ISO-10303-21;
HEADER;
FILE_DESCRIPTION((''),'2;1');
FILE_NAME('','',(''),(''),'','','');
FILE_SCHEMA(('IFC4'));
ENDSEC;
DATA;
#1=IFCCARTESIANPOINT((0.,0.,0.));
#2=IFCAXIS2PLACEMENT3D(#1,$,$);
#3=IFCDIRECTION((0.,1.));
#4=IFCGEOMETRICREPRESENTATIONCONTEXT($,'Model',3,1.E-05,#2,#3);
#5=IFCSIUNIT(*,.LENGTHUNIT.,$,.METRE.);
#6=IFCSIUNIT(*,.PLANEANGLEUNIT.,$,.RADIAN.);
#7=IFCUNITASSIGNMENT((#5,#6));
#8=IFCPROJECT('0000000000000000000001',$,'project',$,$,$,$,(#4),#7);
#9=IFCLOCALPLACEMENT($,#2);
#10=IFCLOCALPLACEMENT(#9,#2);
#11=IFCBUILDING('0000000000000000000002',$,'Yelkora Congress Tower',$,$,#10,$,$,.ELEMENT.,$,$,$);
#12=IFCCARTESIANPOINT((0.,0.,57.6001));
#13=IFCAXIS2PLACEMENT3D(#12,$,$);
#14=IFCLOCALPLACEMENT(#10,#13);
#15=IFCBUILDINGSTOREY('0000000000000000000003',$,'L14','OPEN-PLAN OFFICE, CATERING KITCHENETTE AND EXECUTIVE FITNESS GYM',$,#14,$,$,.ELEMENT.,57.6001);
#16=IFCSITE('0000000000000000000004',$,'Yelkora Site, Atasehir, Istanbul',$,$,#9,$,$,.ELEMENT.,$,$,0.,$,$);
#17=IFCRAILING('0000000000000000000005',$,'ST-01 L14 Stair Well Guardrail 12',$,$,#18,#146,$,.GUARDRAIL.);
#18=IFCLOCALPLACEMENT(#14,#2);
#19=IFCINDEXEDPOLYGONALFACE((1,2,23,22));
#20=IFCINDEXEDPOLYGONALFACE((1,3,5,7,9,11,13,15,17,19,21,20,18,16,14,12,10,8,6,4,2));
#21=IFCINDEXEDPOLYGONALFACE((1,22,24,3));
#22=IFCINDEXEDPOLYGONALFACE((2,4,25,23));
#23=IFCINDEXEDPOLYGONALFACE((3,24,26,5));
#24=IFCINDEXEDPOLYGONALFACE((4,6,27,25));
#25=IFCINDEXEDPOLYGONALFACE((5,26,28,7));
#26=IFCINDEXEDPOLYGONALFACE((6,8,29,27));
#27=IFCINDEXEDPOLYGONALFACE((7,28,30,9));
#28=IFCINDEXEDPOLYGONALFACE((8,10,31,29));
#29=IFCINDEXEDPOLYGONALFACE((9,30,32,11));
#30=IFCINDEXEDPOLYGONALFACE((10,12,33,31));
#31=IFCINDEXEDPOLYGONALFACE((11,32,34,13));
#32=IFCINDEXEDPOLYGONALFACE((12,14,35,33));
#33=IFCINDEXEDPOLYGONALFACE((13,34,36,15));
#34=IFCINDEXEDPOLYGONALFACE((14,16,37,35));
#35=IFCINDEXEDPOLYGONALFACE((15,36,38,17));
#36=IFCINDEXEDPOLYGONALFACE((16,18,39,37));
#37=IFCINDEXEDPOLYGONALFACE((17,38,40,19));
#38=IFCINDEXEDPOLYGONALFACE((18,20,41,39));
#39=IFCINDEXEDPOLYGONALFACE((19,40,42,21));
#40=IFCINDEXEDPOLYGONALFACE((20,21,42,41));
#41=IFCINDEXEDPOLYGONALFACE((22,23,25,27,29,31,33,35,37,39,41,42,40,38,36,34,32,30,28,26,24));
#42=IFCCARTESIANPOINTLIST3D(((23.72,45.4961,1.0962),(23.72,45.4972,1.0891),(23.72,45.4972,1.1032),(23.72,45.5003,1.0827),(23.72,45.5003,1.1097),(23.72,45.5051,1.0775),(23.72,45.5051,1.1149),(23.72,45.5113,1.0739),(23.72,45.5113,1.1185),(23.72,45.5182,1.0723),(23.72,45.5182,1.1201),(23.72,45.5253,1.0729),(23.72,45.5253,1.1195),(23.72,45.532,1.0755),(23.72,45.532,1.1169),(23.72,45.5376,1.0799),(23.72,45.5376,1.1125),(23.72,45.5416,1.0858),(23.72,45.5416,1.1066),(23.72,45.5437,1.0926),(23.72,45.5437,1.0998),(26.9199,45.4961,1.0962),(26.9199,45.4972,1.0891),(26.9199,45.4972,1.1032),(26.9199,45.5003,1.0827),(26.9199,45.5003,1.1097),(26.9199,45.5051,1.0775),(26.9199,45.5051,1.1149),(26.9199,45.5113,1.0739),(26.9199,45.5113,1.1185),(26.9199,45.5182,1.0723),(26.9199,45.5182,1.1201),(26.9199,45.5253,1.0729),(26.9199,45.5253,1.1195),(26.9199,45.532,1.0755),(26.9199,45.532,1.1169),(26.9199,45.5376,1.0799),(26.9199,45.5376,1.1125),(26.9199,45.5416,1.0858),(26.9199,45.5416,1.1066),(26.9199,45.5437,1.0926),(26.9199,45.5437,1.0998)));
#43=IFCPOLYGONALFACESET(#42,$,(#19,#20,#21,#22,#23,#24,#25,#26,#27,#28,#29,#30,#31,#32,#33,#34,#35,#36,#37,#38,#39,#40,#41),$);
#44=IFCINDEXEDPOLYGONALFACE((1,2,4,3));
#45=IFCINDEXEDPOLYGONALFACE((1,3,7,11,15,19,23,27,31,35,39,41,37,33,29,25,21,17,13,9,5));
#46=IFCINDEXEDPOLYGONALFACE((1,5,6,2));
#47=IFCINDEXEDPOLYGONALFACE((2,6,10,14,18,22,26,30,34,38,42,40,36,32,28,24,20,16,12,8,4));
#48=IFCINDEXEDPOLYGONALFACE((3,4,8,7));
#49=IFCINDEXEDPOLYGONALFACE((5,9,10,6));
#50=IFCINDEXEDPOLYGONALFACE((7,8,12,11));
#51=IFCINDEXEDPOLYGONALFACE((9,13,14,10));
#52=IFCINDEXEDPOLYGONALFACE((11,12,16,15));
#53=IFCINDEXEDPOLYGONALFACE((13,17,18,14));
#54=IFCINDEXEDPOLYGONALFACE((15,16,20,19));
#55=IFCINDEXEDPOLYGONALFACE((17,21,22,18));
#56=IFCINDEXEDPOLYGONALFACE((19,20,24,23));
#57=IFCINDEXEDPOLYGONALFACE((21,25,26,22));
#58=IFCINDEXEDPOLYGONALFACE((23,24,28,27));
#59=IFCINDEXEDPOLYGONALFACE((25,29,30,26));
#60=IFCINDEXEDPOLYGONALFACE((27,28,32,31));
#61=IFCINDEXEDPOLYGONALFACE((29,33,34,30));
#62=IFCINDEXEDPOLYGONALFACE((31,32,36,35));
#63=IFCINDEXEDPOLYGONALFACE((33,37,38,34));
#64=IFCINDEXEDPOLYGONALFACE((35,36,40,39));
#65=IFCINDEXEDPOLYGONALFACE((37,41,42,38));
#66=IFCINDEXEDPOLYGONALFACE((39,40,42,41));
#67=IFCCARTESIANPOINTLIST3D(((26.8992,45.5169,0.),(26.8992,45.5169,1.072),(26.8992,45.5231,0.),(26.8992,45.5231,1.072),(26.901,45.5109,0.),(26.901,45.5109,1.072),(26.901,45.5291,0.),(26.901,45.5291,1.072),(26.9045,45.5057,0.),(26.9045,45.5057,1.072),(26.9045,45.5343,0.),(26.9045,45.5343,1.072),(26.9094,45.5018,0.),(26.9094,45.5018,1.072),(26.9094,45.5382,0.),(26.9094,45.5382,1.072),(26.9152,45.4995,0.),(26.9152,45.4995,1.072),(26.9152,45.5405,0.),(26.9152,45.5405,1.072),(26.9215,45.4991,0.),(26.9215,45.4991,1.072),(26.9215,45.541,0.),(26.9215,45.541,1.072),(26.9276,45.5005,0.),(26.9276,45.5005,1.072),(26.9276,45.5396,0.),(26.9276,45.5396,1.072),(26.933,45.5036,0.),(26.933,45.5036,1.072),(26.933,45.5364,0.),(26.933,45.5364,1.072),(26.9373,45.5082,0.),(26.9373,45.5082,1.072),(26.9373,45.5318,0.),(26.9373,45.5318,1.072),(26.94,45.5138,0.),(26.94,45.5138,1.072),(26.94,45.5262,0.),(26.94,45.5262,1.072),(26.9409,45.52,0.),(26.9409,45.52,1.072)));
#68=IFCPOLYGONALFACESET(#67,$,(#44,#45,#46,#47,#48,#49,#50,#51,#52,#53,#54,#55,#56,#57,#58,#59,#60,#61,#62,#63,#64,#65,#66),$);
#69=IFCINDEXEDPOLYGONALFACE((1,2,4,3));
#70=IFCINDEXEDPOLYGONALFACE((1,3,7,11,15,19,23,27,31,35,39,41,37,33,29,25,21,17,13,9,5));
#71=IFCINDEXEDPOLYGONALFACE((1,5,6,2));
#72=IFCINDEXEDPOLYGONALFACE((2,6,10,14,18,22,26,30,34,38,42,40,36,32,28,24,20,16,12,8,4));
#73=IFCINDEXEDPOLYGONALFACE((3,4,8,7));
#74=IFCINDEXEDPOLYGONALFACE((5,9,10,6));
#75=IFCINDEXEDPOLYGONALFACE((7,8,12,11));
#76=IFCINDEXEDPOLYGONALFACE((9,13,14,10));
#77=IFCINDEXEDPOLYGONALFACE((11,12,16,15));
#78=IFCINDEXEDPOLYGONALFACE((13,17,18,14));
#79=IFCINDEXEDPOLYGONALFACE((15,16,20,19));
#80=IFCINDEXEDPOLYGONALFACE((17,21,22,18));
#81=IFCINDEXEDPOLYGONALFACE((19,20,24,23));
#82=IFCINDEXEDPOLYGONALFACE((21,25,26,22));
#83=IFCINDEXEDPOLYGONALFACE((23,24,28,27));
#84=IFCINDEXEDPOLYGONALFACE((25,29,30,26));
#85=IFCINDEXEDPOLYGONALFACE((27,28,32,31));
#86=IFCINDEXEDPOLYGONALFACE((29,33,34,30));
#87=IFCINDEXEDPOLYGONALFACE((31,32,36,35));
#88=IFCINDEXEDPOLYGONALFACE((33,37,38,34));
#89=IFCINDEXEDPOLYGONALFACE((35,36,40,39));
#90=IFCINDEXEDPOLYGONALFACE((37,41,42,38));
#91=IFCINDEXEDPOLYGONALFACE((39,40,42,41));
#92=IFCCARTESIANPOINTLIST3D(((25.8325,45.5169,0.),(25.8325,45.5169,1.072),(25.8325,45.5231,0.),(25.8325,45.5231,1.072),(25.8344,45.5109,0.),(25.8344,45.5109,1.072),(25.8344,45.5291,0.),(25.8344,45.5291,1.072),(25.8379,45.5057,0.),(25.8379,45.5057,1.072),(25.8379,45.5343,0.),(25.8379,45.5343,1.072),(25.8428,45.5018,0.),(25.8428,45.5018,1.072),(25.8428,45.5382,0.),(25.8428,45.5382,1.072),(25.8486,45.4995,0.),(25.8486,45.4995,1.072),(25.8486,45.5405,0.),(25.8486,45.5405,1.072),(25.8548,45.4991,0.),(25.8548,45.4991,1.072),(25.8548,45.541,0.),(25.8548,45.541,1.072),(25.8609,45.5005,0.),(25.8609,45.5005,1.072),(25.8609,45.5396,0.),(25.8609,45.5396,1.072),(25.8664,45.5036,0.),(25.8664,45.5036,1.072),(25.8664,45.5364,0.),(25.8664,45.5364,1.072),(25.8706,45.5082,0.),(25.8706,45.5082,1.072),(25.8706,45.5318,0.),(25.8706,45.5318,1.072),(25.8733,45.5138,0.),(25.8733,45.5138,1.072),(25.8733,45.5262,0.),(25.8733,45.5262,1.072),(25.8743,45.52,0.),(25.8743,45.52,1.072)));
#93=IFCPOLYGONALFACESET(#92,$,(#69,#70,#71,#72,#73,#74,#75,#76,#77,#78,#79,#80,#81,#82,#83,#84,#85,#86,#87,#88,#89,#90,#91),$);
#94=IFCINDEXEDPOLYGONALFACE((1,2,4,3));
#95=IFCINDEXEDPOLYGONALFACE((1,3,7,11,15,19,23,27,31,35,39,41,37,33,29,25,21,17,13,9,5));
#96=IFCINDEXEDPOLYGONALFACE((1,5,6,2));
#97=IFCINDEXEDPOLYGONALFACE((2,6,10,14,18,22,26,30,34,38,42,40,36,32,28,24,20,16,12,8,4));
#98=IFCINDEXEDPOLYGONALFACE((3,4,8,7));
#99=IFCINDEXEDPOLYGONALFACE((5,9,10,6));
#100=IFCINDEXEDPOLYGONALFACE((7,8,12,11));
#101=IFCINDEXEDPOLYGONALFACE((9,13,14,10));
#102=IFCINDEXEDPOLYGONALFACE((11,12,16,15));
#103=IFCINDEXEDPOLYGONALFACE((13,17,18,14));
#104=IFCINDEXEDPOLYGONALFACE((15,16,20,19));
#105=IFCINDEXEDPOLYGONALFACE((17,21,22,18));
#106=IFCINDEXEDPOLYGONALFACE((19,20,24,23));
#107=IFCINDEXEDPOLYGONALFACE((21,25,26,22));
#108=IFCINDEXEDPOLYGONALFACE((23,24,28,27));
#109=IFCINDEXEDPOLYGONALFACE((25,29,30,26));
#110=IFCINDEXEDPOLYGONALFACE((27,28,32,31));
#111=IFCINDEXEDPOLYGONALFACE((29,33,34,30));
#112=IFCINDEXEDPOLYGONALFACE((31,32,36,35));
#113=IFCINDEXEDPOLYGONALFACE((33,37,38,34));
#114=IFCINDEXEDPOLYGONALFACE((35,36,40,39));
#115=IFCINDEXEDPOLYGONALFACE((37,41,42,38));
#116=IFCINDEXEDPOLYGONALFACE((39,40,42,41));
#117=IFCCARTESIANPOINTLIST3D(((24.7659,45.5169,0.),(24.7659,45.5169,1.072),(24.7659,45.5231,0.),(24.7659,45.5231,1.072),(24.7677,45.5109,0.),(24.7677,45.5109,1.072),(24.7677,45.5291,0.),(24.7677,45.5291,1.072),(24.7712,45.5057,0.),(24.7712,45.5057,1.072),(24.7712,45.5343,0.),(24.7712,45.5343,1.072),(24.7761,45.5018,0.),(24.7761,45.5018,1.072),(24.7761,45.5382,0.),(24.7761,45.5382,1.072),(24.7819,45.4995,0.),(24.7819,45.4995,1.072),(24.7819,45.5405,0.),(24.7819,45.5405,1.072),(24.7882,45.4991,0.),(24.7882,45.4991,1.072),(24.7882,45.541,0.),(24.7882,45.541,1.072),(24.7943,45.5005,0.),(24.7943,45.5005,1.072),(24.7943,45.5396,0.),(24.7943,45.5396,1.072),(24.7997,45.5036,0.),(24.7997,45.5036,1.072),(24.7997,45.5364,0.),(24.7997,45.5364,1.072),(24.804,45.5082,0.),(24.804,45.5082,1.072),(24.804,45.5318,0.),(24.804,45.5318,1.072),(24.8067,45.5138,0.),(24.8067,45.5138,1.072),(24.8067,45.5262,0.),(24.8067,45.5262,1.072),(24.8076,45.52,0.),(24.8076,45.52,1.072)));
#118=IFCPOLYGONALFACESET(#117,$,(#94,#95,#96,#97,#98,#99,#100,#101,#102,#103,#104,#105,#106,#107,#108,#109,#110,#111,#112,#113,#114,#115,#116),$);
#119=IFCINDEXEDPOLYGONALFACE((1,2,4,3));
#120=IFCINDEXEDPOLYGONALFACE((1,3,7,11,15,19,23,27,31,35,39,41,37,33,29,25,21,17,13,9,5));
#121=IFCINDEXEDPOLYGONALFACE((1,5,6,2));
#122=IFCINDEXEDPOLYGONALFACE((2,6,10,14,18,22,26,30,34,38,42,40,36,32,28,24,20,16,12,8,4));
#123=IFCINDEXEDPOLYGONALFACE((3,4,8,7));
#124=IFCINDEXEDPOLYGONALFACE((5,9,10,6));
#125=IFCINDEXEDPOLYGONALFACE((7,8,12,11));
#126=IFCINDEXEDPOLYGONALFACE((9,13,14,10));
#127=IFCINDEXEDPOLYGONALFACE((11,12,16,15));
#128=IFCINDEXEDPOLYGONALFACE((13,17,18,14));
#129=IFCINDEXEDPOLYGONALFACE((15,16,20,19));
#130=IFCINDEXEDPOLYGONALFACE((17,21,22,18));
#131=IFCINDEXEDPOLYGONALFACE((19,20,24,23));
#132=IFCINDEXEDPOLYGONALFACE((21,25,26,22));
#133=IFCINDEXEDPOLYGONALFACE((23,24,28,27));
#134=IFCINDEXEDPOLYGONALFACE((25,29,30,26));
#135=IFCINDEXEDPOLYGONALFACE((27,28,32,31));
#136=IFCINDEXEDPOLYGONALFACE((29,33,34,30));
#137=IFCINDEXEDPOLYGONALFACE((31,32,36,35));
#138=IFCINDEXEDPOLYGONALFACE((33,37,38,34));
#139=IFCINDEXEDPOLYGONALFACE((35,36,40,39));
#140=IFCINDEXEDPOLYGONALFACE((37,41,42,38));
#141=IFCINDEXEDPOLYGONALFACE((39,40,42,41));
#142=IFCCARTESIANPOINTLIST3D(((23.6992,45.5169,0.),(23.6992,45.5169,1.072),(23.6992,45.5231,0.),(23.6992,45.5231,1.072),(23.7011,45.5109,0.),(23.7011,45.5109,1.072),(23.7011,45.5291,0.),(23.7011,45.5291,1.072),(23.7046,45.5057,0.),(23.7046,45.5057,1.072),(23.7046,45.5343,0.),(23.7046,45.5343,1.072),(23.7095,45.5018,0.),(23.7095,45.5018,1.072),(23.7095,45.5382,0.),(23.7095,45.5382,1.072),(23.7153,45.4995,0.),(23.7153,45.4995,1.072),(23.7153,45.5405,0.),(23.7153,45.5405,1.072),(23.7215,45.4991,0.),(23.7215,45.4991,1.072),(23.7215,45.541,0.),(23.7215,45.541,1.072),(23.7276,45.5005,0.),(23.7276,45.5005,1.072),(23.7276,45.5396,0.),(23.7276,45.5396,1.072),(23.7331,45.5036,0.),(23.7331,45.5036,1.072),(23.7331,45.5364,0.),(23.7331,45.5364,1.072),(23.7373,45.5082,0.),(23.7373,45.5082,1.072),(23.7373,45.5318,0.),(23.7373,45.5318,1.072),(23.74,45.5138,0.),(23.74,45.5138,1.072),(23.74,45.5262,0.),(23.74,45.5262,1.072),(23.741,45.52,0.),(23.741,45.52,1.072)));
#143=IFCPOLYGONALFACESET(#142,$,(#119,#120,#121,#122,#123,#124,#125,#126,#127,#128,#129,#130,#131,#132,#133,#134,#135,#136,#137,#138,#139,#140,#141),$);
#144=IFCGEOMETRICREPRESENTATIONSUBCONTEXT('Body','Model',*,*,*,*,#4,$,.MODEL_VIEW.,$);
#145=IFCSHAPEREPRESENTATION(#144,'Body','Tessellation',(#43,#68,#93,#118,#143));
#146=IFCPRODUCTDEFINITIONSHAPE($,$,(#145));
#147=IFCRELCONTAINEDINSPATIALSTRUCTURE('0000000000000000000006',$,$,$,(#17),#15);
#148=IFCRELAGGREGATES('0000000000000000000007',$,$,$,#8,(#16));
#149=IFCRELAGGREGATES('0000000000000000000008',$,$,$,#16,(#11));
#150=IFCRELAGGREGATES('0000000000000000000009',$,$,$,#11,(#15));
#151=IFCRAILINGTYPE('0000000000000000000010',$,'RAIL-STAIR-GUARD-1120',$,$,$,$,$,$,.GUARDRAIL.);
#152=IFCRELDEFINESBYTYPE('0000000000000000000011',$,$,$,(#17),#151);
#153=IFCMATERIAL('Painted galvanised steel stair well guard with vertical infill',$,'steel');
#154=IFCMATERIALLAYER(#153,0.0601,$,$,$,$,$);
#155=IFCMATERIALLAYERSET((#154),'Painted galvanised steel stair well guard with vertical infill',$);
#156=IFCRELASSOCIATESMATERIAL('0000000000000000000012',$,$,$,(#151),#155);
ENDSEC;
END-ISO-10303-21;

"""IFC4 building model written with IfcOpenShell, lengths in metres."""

from ifc_helpers import new_model, si_unit, direction, frame, origin, origin_2d, place, context, subcontext, project, spatial, circle, extrude, material, layer, layer_set, type_object, element, save


model = new_model("IFC4")

# Units and contexts
model_context = context("Model", 3, precision=1e-05, world=origin(), true_north=direction((0.0, 1.0)))
body_context = subcontext(model_context, "Body", "Model", "MODEL_VIEW")
ifc_project = project(units=[si_unit("LENGTHUNIT", "METRE"), si_unit("PLANEANGLEUNIT", "RADIAN")], contexts=[model_context])

# Site, building, storey
site_placement = place(None, origin())
site = spatial("IfcSite", under=ifc_project, at=site_placement, Name="Yelkora Site, Atasehir, Istanbul", CompositionType="ELEMENT", RefElevation=0.0)
building_placement = place(site_placement, origin())
building = spatial("IfcBuilding", under=site, at=building_placement, Name="Yelkora Congress Tower", CompositionType="ELEMENT")
storey_placement = place(building_placement, frame((0.0, 0.0, 57.6001)))
storey = spatial("IfcBuildingStorey", under=building, at=storey_placement, Name="L14", Description="OPEN-PLAN OFFICE, CATERING KITCHENETTE AND EXECUTIVE FITNESS GYM", CompositionType="ELEMENT", Elevation=57.6001)

# Railing
ifc_material_1 = material(Name="Painted galvanised steel stair well guard with vertical infill", Category="steel")
ifc_layer_1 = layer(ifc_material_1, 0.0601)
ifc_layer_set_1 = layer_set([ifc_layer_1], Name="Painted galvanised steel stair well guard with vertical infill")
railing_type_1 = type_object("IfcRailingType", Name="RAIL-STAIR-GUARD-1120", PredefinedType="GUARDRAIL", material=ifc_layer_set_1)
railing_1_placement = place(storey_placement, frame((26.9199, 45.52, 0.0)))
element("IfcRailing", 1, at=railing_1_placement, inside=storey, type_object=railing_type_1, Name="ST-01 L14 Stair Well Guardrail 12", PredefinedType="GUARDRAIL", context=body_context, shape_type="SweptSolid", body=[
    extrude(circle(Radius=0.0239, at=origin_2d()), frame((0.0, 0.0, 1.0962), z_axis=(-1.0, 0.0, 0.0), x_axis=(0.0, -1.0, 0.0)), (0.0, 0.0, 1.0), 3.2),
    extrude(circle(Radius=0.021, at=origin_2d()), origin(), (0.0, 0.0, 1.0), 1.072),
    extrude(circle(Radius=0.021, at=origin_2d()), frame((-1.0667, 0.0, 0.0)), (0.0, 0.0, 1.0), 1.072),
    extrude(circle(Radius=0.021, at=origin_2d()), frame((-2.1333, 0.0, 0.0)), (0.0, 0.0, 1.0), 1.072),
    extrude(circle(Radius=0.021, at=origin_2d()), frame((-3.2, 0.0, 0.0)), (0.0, 0.0, 1.0), 1.072),
])

save(model, "model.ifc")
